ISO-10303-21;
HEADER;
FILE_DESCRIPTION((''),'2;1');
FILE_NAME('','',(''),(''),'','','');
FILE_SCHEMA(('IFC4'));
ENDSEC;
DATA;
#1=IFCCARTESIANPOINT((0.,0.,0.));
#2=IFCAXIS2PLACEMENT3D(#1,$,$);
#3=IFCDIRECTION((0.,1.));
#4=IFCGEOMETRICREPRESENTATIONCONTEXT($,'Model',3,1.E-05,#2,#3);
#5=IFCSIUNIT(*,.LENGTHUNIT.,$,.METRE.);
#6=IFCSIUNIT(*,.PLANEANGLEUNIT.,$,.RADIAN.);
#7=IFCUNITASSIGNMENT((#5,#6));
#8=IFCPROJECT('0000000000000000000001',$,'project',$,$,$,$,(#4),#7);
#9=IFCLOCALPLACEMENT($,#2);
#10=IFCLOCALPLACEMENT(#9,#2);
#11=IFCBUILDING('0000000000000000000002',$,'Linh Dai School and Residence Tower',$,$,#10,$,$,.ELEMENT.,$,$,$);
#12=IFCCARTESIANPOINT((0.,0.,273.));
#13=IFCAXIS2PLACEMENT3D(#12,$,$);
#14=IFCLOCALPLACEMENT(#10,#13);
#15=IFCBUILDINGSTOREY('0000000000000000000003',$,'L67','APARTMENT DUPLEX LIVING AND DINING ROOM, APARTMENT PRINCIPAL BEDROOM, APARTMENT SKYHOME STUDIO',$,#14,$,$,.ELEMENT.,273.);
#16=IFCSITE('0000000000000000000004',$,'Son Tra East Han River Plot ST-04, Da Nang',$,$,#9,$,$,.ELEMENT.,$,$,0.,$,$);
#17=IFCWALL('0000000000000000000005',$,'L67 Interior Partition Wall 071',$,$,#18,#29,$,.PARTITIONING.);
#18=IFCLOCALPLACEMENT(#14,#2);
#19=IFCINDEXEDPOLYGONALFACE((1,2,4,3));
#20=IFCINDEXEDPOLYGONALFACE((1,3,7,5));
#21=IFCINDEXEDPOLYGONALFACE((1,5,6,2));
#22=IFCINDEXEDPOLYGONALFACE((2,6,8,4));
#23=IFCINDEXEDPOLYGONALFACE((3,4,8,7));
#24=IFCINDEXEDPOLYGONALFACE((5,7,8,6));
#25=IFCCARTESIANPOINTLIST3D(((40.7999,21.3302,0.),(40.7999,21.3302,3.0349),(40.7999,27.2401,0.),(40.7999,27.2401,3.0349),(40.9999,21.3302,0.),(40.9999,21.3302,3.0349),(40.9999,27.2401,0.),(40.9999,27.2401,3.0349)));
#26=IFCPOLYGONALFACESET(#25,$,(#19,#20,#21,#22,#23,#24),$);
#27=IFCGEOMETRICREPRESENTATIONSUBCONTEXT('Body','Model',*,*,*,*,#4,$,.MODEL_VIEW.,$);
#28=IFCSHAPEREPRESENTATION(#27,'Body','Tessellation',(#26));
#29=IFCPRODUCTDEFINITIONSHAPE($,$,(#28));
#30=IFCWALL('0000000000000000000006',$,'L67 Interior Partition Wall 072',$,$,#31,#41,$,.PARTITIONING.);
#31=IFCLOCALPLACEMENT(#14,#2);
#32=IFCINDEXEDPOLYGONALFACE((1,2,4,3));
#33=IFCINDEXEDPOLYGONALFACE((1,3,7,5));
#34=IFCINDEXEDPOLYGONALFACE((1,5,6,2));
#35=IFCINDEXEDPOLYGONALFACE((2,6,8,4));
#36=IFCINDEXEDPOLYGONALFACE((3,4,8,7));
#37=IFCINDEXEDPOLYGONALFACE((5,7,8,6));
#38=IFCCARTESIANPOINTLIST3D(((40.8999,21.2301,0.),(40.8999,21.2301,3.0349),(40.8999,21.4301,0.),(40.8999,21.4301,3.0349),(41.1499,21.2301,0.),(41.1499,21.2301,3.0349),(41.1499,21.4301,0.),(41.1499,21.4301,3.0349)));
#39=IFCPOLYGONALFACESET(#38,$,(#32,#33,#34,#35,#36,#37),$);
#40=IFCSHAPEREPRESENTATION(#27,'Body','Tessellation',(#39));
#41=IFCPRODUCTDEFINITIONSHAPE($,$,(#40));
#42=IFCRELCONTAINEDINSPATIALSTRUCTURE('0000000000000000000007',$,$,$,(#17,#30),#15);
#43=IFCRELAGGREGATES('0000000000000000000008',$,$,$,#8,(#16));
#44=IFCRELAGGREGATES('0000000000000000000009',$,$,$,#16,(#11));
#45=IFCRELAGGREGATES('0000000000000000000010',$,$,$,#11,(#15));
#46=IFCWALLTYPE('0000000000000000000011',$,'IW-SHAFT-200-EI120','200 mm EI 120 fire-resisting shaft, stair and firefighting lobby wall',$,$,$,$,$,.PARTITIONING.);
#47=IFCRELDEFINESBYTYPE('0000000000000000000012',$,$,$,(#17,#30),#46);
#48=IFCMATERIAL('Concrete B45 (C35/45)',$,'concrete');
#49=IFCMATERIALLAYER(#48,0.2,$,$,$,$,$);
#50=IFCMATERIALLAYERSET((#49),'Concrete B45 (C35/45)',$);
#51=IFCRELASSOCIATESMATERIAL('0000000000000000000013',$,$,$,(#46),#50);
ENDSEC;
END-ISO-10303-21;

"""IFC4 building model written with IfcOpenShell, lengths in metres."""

from ifc_helpers import new_model, si_unit, direction, frame, frame_2d, origin, place, context, subcontext, project, spatial, rectangle, extrude, material, layer, layer_set, type_object, element, save


model = new_model("IFC4")

# Units and contexts
model_context = context("Model", 3, precision=1e-05, world=origin(), true_north=direction((0.0, 1.0)))
body_context = subcontext(model_context, "Body", "Model", "MODEL_VIEW")
ifc_project = project(units=[si_unit("LENGTHUNIT", "METRE"), si_unit("PLANEANGLEUNIT", "RADIAN")], contexts=[model_context])

# Site, building, storey
site_placement = place(None, origin())
site = spatial("IfcSite", under=ifc_project, at=site_placement, Name="Son Tra East Han River Plot ST-04, Da Nang", CompositionType="ELEMENT", RefElevation=0.0)
building_placement = place(site_placement, origin())
building = spatial("IfcBuilding", under=site, at=building_placement, Name="Linh Dai School and Residence Tower", CompositionType="ELEMENT")
storey_placement = place(building_placement, frame((0.0, 0.0, 273.0)))
storey = spatial("IfcBuildingStorey", under=building, at=storey_placement, Name="L67", Description="APARTMENT DUPLEX LIVING AND DINING ROOM, APARTMENT PRINCIPAL BEDROOM, APARTMENT SKYHOME STUDIO", CompositionType="ELEMENT", Elevation=273.0)

# Walls
ifc_material_1 = material(Name="Concrete B45 (C35/45)", Category="concrete")
ifc_layer_1 = layer(ifc_material_1, 0.2)
ifc_layer_set_1 = layer_set([ifc_layer_1], Name="Concrete B45 (C35/45)")
wall_type_1 = type_object("IfcWallType", Name="IW-SHAFT-200-EI120", Description="200 mm EI 120 fire-resisting shaft, stair and firefighting lobby wall", PredefinedType="PARTITIONING", material=ifc_layer_set_1)
wall_1_placement = place(storey_placement, frame((40.8999, 21.3301, 0.0), z_axis=(0.0, 0.0, 1.0), x_axis=(0.0, 1.0, 0.0)))
element("IfcWall", 1, at=wall_1_placement, inside=storey, type_object=wall_type_1, Name="L67 Interior Partition Wall 071", PredefinedType="PARTITIONING", context=body_context, shape_type="SweptSolid", body=[
    extrude(rectangle(XDim=5.9099, YDim=0.2, at=frame_2d((2.9551, 0.0))), origin(), (0.0, 0.0, 1.0), 3.0349),
])
wall_2_placement = place(storey_placement, frame((40.8999, 21.3301, 0.0), z_axis=(0.0, 0.0, 1.0), x_axis=(1.0, 0.0, 0.0)))
element("IfcWall", 2, at=wall_2_placement, inside=storey, type_object=wall_type_1, Name="L67 Interior Partition Wall 072", PredefinedType="PARTITIONING", context=body_context, shape_type="SweptSolid", body=[
    extrude(rectangle(XDim=0.25, YDim=0.2, at=frame_2d((0.125, 0.0))), origin(), (0.0, 0.0, 1.0), 3.0349),
])

save(model, "model.ifc")
